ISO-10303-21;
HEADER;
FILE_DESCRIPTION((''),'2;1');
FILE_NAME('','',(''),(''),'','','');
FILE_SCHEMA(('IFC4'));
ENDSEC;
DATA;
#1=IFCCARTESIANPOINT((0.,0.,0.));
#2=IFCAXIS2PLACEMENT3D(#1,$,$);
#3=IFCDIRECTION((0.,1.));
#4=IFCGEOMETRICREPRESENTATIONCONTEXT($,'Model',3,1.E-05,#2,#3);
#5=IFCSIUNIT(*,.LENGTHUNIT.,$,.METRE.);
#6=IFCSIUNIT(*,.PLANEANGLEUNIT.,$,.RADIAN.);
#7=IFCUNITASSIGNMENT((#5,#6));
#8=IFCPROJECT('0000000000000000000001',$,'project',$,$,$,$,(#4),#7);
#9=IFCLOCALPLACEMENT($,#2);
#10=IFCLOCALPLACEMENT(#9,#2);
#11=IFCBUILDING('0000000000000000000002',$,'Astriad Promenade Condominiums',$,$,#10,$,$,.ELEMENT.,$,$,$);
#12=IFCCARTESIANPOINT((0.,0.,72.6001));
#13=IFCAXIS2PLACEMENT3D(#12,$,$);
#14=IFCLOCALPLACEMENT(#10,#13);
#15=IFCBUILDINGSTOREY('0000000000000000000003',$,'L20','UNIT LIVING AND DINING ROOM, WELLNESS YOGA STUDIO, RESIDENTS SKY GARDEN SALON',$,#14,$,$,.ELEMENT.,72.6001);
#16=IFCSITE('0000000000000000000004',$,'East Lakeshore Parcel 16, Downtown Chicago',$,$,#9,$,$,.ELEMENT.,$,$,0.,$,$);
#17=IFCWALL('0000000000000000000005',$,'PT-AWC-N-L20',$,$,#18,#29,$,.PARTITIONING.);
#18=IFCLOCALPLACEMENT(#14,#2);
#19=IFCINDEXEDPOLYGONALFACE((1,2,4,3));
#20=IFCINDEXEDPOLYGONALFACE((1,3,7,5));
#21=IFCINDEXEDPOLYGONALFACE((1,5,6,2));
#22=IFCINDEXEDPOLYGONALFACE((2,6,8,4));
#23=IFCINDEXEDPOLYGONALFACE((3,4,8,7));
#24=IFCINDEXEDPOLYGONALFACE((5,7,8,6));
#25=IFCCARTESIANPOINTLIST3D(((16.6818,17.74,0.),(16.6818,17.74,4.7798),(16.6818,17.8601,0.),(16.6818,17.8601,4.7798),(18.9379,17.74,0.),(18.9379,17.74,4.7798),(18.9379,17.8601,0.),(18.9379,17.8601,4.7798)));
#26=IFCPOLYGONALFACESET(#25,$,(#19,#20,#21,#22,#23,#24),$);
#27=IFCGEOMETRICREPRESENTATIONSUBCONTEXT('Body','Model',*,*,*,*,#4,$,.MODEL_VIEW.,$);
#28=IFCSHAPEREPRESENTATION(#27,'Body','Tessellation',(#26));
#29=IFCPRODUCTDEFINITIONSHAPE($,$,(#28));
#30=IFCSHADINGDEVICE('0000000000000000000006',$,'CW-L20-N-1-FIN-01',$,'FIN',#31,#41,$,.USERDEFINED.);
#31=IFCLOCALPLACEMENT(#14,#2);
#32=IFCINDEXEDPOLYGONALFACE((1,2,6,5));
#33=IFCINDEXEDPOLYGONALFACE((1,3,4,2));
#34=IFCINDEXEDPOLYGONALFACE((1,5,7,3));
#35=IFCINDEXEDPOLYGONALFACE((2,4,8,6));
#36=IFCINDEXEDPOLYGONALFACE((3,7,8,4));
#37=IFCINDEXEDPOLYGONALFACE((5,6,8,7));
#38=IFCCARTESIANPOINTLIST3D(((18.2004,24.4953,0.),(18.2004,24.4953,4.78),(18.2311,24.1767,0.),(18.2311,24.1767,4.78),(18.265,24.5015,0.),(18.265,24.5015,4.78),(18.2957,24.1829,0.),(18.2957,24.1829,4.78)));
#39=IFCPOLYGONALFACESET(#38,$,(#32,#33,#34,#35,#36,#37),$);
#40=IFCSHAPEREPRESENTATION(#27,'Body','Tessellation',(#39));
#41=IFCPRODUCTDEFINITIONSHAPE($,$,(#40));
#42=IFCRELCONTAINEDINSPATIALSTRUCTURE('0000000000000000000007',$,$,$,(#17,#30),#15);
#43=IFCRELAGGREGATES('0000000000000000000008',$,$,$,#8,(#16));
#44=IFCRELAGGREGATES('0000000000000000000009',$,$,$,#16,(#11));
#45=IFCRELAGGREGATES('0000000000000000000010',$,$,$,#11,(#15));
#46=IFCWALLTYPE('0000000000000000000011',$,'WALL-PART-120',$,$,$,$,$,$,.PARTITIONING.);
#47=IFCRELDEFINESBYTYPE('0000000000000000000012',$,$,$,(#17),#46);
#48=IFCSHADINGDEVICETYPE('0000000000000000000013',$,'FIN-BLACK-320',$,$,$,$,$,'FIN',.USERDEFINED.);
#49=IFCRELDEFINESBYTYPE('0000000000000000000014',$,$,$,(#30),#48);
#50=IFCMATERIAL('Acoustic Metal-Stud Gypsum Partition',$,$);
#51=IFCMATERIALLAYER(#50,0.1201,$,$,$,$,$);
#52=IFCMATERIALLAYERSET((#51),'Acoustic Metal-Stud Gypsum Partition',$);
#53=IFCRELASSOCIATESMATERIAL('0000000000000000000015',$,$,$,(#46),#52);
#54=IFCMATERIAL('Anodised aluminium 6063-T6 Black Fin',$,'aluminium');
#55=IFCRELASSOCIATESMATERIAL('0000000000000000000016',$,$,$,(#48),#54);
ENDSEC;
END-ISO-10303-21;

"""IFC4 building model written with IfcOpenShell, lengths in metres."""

from ifc_helpers import new_model, si_unit, direction, frame, frame_2d, origin, origin_2d, place, context, subcontext, project, spatial, rectangle, extrude, source, transform, mapped, material, layer, layer_set, type_object, type_shapes, element, save


model = new_model("IFC4")

# Units and contexts
model_context = context("Model", 3, precision=1e-05, world=origin(), true_north=direction((0.0, 1.0)))
body_context = subcontext(model_context, "Body", "Model", "MODEL_VIEW")
ifc_project = project(units=[si_unit("LENGTHUNIT", "METRE"), si_unit("PLANEANGLEUNIT", "RADIAN")], contexts=[model_context])

# Site, building, storey
site_placement = place(None, origin())
site = spatial("IfcSite", under=ifc_project, at=site_placement, Name="East Lakeshore Parcel 16, Downtown Chicago", CompositionType="ELEMENT", RefElevation=0.0)
building_placement = place(site_placement, origin())
building = spatial("IfcBuilding", under=site, at=building_placement, Name="Astriad Promenade Condominiums", CompositionType="ELEMENT")
storey_placement = place(building_placement, frame((0.0, 0.0, 72.6001)))
storey = spatial("IfcBuildingStorey", under=building, at=storey_placement, Name="L20", Description="UNIT LIVING AND DINING ROOM, WELLNESS YOGA STUDIO, RESIDENTS SKY GARDEN SALON", CompositionType="ELEMENT", Elevation=72.6001)

# Wall
ifc_material_1 = material(Name="Acoustic Metal-Stud Gypsum Partition")
ifc_layer_1 = layer(ifc_material_1, 0.1201)
ifc_layer_set_1 = layer_set([ifc_layer_1], Name="Acoustic Metal-Stud Gypsum Partition")
wall_type_1 = type_object("IfcWallType", Name="WALL-PART-120", PredefinedType="PARTITIONING", material=ifc_layer_set_1)
wall_1_placement = place(storey_placement, frame((16.6819, 17.8, 0.0), z_axis=(0.0, 0.0, 1.0), x_axis=(1.0, 0.0, 0.0)))
element("IfcWall", 1, at=wall_1_placement, inside=storey, type_object=wall_type_1, Name="PT-AWC-N-L20", PredefinedType="PARTITIONING", context=body_context, shape_type="SweptSolid", body=[
    extrude(rectangle(XDim=2.2561, YDim=0.1201, at=frame_2d((1.1279, 0.0))), origin(), (0.0, 0.0, 1.0), 4.7798),
])

# Shading device
ifc_material_2 = material(Name="Anodised aluminium 6063-T6 Black Fin", Category="aluminium")
shading_device_type = type_object("IfcShadingDeviceType", Name="FIN-BLACK-320", ElementType="FIN", PredefinedType="USERDEFINED", material=ifc_material_2)
shared_shape_1 = source(origin(), body_context, "Body", "SweptSolid", [
    extrude(rectangle(XDim=0.0649, YDim=0.3201, at=origin_2d()), origin(), (0.0, 0.0, 1.0), 4.78),
])
type_shapes(shading_device_type, [shared_shape_1])
shading_device_placement = place(storey_placement, frame((18.248, 24.3391, 0.0), z_axis=(0.0, 0.0, 1.0), x_axis=(0.995396, 0.095846, 0.0)))
element("IfcShadingDevice", 2, at=shading_device_placement, inside=storey, type_object=shading_device_type, Name="CW-L20-N-1-FIN-01", ObjectType="FIN", PredefinedType="USERDEFINED", context=body_context, shape_type="MappedRepresentation", body=[
    mapped(shared_shape_1, transform((0.0, 0.0, 0.0), scale=1.0)),
])

save(model, "model.ifc")
